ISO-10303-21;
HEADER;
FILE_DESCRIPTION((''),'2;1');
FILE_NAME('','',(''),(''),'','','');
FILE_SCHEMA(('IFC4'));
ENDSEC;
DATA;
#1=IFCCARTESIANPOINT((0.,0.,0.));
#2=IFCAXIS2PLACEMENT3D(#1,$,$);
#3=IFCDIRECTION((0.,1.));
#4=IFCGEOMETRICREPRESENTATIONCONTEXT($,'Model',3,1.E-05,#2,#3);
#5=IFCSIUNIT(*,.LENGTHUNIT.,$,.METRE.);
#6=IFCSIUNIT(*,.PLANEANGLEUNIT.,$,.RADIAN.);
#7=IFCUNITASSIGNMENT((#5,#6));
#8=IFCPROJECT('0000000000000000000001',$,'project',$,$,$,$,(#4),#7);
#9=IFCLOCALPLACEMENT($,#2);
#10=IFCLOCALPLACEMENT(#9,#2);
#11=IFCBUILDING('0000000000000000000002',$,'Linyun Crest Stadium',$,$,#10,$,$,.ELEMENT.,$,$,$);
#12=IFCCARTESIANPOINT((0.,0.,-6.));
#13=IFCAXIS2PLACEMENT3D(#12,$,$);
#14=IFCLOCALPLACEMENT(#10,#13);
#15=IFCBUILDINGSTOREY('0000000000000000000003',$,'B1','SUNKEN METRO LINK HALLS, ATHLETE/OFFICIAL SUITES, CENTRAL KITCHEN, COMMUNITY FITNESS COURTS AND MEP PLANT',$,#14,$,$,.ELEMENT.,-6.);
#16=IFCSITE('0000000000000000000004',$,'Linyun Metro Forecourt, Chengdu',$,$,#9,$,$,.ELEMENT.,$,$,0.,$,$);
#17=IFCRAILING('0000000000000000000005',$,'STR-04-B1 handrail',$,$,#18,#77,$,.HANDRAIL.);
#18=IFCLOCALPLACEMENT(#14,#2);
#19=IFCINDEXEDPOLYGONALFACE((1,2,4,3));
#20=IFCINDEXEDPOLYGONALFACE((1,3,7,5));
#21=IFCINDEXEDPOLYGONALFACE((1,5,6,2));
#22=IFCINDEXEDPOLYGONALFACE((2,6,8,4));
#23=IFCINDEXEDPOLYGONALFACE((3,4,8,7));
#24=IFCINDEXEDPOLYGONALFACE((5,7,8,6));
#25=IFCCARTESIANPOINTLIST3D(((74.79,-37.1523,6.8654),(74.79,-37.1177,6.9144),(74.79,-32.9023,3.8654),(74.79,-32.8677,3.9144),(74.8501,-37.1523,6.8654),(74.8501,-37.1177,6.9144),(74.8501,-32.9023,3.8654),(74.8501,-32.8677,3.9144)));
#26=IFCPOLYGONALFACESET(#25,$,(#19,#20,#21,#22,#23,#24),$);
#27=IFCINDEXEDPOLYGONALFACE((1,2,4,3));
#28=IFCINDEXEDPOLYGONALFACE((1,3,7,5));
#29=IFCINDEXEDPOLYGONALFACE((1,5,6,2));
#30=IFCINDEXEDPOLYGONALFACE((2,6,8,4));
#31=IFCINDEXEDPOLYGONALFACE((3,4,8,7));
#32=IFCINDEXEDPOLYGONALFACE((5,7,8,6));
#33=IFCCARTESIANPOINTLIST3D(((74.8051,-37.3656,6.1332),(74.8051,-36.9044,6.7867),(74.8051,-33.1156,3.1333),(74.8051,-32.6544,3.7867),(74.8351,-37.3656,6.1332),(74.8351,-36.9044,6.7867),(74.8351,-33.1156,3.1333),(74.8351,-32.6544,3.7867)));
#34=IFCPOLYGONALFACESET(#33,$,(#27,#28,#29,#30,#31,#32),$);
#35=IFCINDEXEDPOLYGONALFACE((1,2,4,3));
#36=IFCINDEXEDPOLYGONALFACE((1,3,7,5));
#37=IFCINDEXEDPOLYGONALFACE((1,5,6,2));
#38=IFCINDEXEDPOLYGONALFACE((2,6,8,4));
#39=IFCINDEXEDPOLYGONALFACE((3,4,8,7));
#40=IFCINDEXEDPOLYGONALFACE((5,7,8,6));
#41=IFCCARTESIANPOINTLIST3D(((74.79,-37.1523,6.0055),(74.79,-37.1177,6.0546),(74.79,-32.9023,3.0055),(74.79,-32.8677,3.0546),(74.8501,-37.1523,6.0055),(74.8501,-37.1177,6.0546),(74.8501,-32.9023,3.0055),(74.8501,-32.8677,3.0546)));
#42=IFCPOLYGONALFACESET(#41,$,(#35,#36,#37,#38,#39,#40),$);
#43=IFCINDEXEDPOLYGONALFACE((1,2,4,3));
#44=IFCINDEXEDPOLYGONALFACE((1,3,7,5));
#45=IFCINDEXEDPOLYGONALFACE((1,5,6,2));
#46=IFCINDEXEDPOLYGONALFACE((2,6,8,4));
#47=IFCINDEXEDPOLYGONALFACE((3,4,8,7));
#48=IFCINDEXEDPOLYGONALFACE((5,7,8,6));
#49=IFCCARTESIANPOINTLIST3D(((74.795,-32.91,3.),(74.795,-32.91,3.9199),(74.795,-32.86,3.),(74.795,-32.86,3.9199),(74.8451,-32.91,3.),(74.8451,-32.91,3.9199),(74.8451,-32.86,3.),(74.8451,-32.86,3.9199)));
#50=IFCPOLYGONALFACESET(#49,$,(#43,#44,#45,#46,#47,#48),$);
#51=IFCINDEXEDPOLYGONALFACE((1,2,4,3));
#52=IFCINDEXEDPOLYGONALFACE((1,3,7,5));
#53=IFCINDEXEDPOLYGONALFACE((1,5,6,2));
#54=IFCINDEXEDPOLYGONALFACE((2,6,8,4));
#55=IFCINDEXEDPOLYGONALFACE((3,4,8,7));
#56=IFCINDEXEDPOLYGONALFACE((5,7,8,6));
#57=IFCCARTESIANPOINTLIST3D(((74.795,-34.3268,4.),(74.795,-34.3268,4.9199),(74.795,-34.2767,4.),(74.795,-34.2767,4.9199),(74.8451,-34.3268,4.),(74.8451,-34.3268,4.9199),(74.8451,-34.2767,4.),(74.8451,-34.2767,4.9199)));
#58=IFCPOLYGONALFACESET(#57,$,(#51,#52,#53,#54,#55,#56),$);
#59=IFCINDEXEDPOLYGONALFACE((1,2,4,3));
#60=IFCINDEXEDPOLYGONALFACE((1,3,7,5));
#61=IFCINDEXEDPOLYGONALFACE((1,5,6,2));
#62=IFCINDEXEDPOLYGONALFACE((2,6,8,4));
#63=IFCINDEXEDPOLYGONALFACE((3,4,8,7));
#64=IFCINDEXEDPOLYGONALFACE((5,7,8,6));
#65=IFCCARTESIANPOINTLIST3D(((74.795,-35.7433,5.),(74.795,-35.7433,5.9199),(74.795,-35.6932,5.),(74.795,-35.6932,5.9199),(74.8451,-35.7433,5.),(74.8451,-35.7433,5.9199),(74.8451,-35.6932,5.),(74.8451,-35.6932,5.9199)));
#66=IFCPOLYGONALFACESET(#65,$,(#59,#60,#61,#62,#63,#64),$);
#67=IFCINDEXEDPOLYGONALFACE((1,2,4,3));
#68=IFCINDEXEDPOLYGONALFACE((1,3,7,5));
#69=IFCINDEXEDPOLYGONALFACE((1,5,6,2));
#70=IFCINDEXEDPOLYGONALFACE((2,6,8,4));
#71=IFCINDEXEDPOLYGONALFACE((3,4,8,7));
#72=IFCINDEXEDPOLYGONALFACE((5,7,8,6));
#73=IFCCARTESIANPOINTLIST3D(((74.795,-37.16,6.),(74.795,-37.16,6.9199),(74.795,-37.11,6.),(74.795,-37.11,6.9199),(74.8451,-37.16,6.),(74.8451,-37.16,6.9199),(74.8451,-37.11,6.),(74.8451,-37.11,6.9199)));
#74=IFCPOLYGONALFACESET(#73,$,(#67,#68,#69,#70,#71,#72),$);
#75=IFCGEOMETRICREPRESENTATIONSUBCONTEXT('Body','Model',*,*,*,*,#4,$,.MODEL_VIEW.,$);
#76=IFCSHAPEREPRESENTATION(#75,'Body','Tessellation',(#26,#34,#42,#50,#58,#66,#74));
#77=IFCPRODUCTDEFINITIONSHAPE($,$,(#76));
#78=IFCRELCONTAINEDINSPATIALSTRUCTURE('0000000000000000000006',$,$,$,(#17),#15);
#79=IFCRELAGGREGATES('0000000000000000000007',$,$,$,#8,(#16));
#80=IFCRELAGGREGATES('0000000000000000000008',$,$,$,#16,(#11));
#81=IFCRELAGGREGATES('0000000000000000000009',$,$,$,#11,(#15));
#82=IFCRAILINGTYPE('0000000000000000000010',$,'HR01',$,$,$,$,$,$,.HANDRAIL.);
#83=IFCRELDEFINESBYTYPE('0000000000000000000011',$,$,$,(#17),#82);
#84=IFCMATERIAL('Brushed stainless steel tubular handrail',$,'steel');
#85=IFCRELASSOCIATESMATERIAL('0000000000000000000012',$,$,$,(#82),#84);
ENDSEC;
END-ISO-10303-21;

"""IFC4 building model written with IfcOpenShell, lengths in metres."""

from ifc_helpers import new_model, si_unit, direction, frame, origin, origin_2d, place, context, subcontext, project, spatial, rectangle, extrude, material, type_object, element, save


model = new_model("IFC4")

# Units and contexts
model_context = context("Model", 3, precision=1e-05, world=origin(), true_north=direction((0.0, 1.0)))
body_context = subcontext(model_context, "Body", "Model", "MODEL_VIEW")
ifc_project = project(units=[si_unit("LENGTHUNIT", "METRE"), si_unit("PLANEANGLEUNIT", "RADIAN")], contexts=[model_context])

# Site, building, storey
site_placement = place(None, origin())
site = spatial("IfcSite", under=ifc_project, at=site_placement, Name="Linyun Metro Forecourt, Chengdu", CompositionType="ELEMENT", RefElevation=0.0)
building_placement = place(site_placement, origin())
building = spatial("IfcBuilding", under=site, at=building_placement, Name="Linyun Crest Stadium", CompositionType="ELEMENT")
storey_placement = place(building_placement, frame((0.0, 0.0, -6.0)))
storey = spatial("IfcBuildingStorey", under=building, at=storey_placement, Name="B1", Description="SUNKEN METRO LINK HALLS, ATHLETE/OFFICIAL SUITES, CENTRAL KITCHEN, COMMUNITY FITNESS COURTS AND MEP PLANT", CompositionType="ELEMENT", Elevation=-6.0)

# Railing
ifc_material_1 = material(Name="Brushed stainless steel tubular handrail", Category="steel")
railing_type_1 = type_object("IfcRailingType", Name="HR01", PredefinedType="HANDRAIL", material=ifc_material_1)
railing_1_placement = place(storey_placement, frame((74.8201, -32.885, 3.0)))
element("IfcRailing", 1, at=railing_1_placement, inside=storey, type_object=railing_type_1, Name="STR-04-B1 handrail", PredefinedType="HANDRAIL", context=body_context, shape_type="SweptSolid", body=[
    extrude(rectangle(XDim=0.0601, YDim=0.0601, at=origin_2d()), frame((0.0, 0.0, 0.8899), z_axis=(0.0, -0.816968, 0.576683), x_axis=(1.0, 0.0, 0.0)), (0.0, 0.0, 1.0), 5.2021),
    extrude(rectangle(XDim=0.03, YDim=0.7998, at=origin_2d()), frame((0.0, 0.0, 0.46), z_axis=(0.0, -0.816968, 0.576683), x_axis=(1.0, 0.0, 0.0)), (0.0, 0.0, 1.0), 5.2021),
    extrude(rectangle(XDim=0.0601, YDim=0.0601, at=origin_2d()), frame((0.0, 0.0, 0.03), z_axis=(0.0, -0.816968, 0.576683), x_axis=(1.0, 0.0, 0.0)), (0.0, 0.0, 1.0), 5.2021),
    extrude(rectangle(XDim=0.05, YDim=0.05, at=origin_2d()), origin(), (0.0, 0.0, 1.0), 0.9199),
    extrude(rectangle(XDim=0.05, YDim=0.05, at=origin_2d()), frame((0.0, -1.4167, 1.0)), (0.0, 0.0, 1.0), 0.9199),
    extrude(rectangle(XDim=0.05, YDim=0.05, at=origin_2d()), frame((0.0, -2.8333, 2.0)), (0.0, 0.0, 1.0), 0.9199),
    extrude(rectangle(XDim=0.05, YDim=0.05, at=origin_2d()), frame((0.0, -4.25, 3.0)), (0.0, 0.0, 1.0), 0.9199),
])

save(model, "model.ifc")
